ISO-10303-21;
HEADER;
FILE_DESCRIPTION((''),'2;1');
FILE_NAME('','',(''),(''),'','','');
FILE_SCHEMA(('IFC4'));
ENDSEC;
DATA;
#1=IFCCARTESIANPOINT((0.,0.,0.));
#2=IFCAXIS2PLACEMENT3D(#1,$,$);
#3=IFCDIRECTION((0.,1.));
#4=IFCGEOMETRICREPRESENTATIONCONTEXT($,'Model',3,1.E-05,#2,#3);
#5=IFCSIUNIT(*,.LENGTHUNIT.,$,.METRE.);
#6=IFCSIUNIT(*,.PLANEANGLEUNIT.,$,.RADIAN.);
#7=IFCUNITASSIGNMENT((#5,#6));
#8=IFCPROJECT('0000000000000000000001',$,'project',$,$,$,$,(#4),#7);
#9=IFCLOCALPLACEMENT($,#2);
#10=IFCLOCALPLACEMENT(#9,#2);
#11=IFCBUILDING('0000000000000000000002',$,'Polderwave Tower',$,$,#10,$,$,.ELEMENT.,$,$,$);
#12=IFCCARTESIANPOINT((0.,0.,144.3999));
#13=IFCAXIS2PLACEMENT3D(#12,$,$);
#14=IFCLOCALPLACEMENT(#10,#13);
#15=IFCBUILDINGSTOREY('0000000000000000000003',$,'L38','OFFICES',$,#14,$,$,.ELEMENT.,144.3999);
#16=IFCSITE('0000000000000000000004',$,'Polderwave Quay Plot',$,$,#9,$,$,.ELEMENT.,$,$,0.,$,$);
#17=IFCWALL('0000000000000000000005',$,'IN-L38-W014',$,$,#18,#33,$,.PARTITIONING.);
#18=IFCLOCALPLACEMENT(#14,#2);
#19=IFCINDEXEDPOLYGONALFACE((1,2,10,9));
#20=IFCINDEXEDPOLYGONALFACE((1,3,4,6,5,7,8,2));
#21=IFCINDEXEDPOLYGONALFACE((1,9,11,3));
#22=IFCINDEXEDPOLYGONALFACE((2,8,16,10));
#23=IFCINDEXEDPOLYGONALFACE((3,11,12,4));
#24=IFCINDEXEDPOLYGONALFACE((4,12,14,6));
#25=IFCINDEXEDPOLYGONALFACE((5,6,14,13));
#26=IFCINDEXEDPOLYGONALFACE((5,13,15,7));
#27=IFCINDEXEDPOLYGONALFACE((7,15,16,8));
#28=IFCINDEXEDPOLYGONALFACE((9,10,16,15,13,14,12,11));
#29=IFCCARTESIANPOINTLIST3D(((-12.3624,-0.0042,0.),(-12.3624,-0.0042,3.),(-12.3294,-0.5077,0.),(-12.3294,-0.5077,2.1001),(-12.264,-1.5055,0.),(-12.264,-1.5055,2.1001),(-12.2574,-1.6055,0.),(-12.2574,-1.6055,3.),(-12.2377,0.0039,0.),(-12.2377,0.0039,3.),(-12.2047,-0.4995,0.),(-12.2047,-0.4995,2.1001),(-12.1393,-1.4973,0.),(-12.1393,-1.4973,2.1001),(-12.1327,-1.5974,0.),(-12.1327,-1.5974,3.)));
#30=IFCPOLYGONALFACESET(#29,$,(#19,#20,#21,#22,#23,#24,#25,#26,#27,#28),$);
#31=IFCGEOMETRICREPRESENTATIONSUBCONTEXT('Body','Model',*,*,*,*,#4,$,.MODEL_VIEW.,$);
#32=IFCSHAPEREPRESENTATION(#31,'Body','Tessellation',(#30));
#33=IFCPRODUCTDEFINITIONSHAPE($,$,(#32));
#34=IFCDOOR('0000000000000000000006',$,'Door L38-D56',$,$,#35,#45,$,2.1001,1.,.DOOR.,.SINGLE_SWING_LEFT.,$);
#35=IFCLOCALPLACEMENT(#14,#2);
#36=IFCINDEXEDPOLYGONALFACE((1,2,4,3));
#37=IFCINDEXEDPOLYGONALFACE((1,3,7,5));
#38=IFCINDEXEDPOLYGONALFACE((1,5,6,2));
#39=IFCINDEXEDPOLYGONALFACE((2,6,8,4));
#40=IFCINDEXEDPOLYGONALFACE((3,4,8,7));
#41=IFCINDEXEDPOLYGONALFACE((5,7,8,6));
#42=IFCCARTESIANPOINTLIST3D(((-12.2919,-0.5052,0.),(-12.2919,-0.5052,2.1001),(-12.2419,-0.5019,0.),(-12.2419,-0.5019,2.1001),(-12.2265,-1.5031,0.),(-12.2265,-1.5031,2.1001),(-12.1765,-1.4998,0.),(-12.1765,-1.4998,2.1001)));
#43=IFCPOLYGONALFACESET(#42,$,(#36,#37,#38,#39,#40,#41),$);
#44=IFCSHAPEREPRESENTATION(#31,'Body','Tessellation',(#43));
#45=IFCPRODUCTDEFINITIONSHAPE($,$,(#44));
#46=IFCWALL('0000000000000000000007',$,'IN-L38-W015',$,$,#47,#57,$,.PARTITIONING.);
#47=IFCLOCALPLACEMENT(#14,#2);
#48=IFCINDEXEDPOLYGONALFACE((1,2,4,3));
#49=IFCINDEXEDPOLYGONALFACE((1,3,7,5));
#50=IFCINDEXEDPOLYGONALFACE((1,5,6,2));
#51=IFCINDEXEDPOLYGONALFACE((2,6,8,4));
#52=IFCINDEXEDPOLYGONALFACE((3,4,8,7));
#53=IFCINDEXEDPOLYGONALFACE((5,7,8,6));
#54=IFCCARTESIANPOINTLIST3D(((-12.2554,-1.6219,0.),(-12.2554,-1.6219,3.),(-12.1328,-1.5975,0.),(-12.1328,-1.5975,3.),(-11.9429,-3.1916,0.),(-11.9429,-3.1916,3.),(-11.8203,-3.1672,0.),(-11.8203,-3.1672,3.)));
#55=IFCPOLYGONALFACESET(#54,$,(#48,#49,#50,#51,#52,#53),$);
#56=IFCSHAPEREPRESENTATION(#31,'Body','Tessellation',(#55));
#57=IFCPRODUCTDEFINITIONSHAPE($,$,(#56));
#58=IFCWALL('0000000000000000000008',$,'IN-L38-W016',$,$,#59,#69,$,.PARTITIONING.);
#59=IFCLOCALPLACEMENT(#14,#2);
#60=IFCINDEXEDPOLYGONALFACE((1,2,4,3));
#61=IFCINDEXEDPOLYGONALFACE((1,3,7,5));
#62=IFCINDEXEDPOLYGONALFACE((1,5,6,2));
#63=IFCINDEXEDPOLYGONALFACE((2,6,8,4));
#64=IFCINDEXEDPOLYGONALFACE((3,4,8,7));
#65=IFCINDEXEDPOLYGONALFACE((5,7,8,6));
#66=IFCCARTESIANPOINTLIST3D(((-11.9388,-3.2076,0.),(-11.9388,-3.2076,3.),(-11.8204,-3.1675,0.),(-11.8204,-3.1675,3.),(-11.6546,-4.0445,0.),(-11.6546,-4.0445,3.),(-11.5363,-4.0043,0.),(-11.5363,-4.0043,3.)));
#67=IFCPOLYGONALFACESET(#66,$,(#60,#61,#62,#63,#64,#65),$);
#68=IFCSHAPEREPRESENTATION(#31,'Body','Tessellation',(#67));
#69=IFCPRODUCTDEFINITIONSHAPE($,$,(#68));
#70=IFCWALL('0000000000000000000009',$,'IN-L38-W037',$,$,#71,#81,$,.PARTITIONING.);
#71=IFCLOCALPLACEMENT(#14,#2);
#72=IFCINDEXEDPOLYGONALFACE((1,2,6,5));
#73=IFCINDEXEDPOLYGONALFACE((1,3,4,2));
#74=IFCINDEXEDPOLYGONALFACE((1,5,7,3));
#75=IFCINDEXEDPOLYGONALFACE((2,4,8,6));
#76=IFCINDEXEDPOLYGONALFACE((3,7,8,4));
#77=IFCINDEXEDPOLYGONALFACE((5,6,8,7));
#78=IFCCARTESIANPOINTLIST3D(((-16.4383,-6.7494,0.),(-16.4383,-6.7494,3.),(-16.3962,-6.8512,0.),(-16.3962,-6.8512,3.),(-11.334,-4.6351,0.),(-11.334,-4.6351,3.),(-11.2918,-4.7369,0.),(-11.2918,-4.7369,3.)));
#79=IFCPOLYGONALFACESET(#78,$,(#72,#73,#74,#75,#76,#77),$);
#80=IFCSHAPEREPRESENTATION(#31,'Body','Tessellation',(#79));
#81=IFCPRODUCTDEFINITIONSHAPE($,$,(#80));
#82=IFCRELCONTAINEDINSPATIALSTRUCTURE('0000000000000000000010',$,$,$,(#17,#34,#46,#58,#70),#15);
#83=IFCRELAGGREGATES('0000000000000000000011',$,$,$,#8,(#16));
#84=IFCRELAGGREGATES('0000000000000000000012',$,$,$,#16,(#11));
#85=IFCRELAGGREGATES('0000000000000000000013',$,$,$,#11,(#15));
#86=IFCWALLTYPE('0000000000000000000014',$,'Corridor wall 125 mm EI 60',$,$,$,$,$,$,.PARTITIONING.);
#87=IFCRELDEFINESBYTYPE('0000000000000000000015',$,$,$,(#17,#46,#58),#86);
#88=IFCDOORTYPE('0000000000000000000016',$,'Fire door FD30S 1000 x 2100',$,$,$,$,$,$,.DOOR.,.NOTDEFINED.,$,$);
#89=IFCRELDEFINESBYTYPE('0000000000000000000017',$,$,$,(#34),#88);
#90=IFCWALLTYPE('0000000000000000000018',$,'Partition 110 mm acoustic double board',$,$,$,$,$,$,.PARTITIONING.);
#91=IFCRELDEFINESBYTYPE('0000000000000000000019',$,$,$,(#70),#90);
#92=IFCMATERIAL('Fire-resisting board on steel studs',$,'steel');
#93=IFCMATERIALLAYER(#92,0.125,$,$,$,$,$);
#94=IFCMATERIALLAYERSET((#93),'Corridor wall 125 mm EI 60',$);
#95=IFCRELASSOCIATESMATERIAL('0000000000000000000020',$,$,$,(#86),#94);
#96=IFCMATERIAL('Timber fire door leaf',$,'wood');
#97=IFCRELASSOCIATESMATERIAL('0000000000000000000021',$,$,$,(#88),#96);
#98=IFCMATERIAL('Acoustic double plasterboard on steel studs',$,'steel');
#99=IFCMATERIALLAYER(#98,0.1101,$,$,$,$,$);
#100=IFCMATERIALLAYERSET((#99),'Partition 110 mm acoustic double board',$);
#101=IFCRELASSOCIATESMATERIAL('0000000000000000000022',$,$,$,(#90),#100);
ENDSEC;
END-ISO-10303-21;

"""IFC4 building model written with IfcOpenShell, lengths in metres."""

from ifc_helpers import new_model, si_unit, direction, frame, frame_2d, origin, place, context, subcontext, project, spatial, rectangle, extrude, material, layer, layer_set, type_object, element, fill, save


model = new_model("IFC4")

# Units and contexts
model_context = context("Model", 3, precision=1e-05, world=origin(), true_north=direction((0.0, 1.0)))
body_context = subcontext(model_context, "Body", "Model", "MODEL_VIEW")
ifc_project = project(units=[si_unit("LENGTHUNIT", "METRE"), si_unit("PLANEANGLEUNIT", "RADIAN")], contexts=[model_context])

# Site, building, storey
site_placement = place(None, origin())
site = spatial("IfcSite", under=ifc_project, at=site_placement, Name="Polderwave Quay Plot", CompositionType="ELEMENT", RefElevation=0.0)
building_placement = place(site_placement, origin())
building = spatial("IfcBuilding", under=site, at=building_placement, Name="Polderwave Tower", CompositionType="ELEMENT")
storey_placement = place(building_placement, frame((0.0, 0.0, 144.3999)))
storey = spatial("IfcBuildingStorey", under=building, at=storey_placement, Name="L38", Description="OFFICES", CompositionType="ELEMENT", Elevation=144.3999)

# Wall, opening, door
ifc_material_1 = material(Name="Fire-resisting board on steel studs", Category="steel")
ifc_layer_1 = layer(ifc_material_1, 0.125)
ifc_layer_set_1 = layer_set([ifc_layer_1], Name="Corridor wall 125 mm EI 60")
wall_type_1 = type_object("IfcWallType", Name="Corridor wall 125 mm EI 60", PredefinedType="PARTITIONING", material=ifc_layer_set_1)
wall_1_placement = place(storey_placement, frame((-12.1951, -1.6013, 0.0), z_axis=(0.0, 0.0, 1.0), x_axis=(-0.065418, 0.997858, 0.0)))
wall_1 = element("IfcWall", 1, at=wall_1_placement, inside=storey, type_object=wall_type_1, Name="IN-L38-W014", PredefinedType="PARTITIONING", context=body_context, shape_type="SweptSolid", body=[
    extrude(rectangle(XDim=1.6047, YDim=0.125, at=frame_2d((0.8022, 0.0))), origin(), (0.0, 0.0, 1.0), 3.0),
])
opening_placement = place(wall_1_placement, frame((0.1001, 0.0, 0.0)))
opening = element("IfcOpeningElement", 2, at=opening_placement, cuts=wall_1, PredefinedType="OPENING", context=body_context, shape_type="SweptSolid", body=[
    extrude(rectangle(XDim=1.0, YDim=2.1001, at=frame_2d((0.5, 1.05))), frame((0.0, 0.0725, 0.0), z_axis=(0.0, -1.0, 0.0), x_axis=(1.0, 0.0, 0.0)), (0.0, 0.0, 1.0), 0.145),
])
ifc_material_2 = material(Name="Timber fire door leaf", Category="wood")
door_type = type_object("IfcDoorType", Name="Fire door FD30S 1000 x 2100", OperationType="NOTDEFINED", PredefinedType="DOOR", material=ifc_material_2)
door_placement = place(opening_placement, origin())
door = element("IfcDoor", 3, at=door_placement, inside=storey, type_object=door_type, Name="Door L38-D56", OperationType="SINGLE_SWING_LEFT", OverallHeight=2.1001, OverallWidth=1.0, PredefinedType="DOOR", context=body_context, shape_type="SweptSolid", body=[
    extrude(rectangle(XDim=1.0, YDim=2.1001, at=frame_2d((0.5, 1.05))), frame((0.0, 0.0249, 0.0), z_axis=(0.0, -1.0, 0.0), x_axis=(1.0, 0.0, 0.0)), (0.0, 0.0, 1.0), 0.05),
])
fill(opening, door)

# Walls
wall_2_placement = place(storey_placement, frame((-11.8816, -3.1794, 0.0), z_axis=(0.0, 0.0, 1.0), x_axis=(-0.195236, 0.980756, 0.0)))
element("IfcWall", 4, at=wall_2_placement, inside=storey, type_object=wall_type_1, Name="IN-L38-W015", PredefinedType="PARTITIONING", context=body_context, shape_type="SweptSolid", body=[
    extrude(rectangle(XDim=1.6006, YDim=0.125, at=frame_2d((0.8003, 0.0))), origin(), (0.0, 0.0, 1.0), 3.0),
])
wall_3_placement = place(storey_placement, frame((-11.5955, -4.0244, 0.0), z_axis=(0.0, 0.0, 1.0), x_axis=(-0.321526, 0.946901, 0.0)))
element("IfcWall", 5, at=wall_3_placement, inside=storey, type_object=wall_type_1, Name="IN-L38-W016", PredefinedType="PARTITIONING", context=body_context, shape_type="SweptSolid", body=[
    extrude(rectangle(XDim=0.8838, YDim=0.125, at=frame_2d((0.4419, 0.0))), origin(), (0.0, 0.0, 1.0), 3.0),
])
ifc_material_3 = material(Name="Acoustic double plasterboard on steel studs", Category="steel")
ifc_layer_2 = layer(ifc_material_3, 0.1101)
ifc_layer_set_2 = layer_set([ifc_layer_2], Name="Partition 110 mm acoustic double board")
wall_type_2 = type_object("IfcWallType", Name="Partition 110 mm acoustic double board", PredefinedType="PARTITIONING", material=ifc_layer_set_2)
wall_4_placement = place(storey_placement, frame((-16.4172, -6.8003, 0.0), z_axis=(0.0, 0.0, 1.0), x_axis=(0.923879, 0.382685, 0.0)))
element("IfcWall", 6, at=wall_4_placement, inside=storey, type_object=wall_type_2, Name="IN-L38-W037", PredefinedType="PARTITIONING", context=body_context, shape_type="SweptSolid", body=[
    extrude(rectangle(XDim=5.5249, YDim=0.1101, at=frame_2d((2.7625, 0.0))), origin(), (0.0, 0.0, 1.0), 3.0),
])

save(model, "model.ifc")
